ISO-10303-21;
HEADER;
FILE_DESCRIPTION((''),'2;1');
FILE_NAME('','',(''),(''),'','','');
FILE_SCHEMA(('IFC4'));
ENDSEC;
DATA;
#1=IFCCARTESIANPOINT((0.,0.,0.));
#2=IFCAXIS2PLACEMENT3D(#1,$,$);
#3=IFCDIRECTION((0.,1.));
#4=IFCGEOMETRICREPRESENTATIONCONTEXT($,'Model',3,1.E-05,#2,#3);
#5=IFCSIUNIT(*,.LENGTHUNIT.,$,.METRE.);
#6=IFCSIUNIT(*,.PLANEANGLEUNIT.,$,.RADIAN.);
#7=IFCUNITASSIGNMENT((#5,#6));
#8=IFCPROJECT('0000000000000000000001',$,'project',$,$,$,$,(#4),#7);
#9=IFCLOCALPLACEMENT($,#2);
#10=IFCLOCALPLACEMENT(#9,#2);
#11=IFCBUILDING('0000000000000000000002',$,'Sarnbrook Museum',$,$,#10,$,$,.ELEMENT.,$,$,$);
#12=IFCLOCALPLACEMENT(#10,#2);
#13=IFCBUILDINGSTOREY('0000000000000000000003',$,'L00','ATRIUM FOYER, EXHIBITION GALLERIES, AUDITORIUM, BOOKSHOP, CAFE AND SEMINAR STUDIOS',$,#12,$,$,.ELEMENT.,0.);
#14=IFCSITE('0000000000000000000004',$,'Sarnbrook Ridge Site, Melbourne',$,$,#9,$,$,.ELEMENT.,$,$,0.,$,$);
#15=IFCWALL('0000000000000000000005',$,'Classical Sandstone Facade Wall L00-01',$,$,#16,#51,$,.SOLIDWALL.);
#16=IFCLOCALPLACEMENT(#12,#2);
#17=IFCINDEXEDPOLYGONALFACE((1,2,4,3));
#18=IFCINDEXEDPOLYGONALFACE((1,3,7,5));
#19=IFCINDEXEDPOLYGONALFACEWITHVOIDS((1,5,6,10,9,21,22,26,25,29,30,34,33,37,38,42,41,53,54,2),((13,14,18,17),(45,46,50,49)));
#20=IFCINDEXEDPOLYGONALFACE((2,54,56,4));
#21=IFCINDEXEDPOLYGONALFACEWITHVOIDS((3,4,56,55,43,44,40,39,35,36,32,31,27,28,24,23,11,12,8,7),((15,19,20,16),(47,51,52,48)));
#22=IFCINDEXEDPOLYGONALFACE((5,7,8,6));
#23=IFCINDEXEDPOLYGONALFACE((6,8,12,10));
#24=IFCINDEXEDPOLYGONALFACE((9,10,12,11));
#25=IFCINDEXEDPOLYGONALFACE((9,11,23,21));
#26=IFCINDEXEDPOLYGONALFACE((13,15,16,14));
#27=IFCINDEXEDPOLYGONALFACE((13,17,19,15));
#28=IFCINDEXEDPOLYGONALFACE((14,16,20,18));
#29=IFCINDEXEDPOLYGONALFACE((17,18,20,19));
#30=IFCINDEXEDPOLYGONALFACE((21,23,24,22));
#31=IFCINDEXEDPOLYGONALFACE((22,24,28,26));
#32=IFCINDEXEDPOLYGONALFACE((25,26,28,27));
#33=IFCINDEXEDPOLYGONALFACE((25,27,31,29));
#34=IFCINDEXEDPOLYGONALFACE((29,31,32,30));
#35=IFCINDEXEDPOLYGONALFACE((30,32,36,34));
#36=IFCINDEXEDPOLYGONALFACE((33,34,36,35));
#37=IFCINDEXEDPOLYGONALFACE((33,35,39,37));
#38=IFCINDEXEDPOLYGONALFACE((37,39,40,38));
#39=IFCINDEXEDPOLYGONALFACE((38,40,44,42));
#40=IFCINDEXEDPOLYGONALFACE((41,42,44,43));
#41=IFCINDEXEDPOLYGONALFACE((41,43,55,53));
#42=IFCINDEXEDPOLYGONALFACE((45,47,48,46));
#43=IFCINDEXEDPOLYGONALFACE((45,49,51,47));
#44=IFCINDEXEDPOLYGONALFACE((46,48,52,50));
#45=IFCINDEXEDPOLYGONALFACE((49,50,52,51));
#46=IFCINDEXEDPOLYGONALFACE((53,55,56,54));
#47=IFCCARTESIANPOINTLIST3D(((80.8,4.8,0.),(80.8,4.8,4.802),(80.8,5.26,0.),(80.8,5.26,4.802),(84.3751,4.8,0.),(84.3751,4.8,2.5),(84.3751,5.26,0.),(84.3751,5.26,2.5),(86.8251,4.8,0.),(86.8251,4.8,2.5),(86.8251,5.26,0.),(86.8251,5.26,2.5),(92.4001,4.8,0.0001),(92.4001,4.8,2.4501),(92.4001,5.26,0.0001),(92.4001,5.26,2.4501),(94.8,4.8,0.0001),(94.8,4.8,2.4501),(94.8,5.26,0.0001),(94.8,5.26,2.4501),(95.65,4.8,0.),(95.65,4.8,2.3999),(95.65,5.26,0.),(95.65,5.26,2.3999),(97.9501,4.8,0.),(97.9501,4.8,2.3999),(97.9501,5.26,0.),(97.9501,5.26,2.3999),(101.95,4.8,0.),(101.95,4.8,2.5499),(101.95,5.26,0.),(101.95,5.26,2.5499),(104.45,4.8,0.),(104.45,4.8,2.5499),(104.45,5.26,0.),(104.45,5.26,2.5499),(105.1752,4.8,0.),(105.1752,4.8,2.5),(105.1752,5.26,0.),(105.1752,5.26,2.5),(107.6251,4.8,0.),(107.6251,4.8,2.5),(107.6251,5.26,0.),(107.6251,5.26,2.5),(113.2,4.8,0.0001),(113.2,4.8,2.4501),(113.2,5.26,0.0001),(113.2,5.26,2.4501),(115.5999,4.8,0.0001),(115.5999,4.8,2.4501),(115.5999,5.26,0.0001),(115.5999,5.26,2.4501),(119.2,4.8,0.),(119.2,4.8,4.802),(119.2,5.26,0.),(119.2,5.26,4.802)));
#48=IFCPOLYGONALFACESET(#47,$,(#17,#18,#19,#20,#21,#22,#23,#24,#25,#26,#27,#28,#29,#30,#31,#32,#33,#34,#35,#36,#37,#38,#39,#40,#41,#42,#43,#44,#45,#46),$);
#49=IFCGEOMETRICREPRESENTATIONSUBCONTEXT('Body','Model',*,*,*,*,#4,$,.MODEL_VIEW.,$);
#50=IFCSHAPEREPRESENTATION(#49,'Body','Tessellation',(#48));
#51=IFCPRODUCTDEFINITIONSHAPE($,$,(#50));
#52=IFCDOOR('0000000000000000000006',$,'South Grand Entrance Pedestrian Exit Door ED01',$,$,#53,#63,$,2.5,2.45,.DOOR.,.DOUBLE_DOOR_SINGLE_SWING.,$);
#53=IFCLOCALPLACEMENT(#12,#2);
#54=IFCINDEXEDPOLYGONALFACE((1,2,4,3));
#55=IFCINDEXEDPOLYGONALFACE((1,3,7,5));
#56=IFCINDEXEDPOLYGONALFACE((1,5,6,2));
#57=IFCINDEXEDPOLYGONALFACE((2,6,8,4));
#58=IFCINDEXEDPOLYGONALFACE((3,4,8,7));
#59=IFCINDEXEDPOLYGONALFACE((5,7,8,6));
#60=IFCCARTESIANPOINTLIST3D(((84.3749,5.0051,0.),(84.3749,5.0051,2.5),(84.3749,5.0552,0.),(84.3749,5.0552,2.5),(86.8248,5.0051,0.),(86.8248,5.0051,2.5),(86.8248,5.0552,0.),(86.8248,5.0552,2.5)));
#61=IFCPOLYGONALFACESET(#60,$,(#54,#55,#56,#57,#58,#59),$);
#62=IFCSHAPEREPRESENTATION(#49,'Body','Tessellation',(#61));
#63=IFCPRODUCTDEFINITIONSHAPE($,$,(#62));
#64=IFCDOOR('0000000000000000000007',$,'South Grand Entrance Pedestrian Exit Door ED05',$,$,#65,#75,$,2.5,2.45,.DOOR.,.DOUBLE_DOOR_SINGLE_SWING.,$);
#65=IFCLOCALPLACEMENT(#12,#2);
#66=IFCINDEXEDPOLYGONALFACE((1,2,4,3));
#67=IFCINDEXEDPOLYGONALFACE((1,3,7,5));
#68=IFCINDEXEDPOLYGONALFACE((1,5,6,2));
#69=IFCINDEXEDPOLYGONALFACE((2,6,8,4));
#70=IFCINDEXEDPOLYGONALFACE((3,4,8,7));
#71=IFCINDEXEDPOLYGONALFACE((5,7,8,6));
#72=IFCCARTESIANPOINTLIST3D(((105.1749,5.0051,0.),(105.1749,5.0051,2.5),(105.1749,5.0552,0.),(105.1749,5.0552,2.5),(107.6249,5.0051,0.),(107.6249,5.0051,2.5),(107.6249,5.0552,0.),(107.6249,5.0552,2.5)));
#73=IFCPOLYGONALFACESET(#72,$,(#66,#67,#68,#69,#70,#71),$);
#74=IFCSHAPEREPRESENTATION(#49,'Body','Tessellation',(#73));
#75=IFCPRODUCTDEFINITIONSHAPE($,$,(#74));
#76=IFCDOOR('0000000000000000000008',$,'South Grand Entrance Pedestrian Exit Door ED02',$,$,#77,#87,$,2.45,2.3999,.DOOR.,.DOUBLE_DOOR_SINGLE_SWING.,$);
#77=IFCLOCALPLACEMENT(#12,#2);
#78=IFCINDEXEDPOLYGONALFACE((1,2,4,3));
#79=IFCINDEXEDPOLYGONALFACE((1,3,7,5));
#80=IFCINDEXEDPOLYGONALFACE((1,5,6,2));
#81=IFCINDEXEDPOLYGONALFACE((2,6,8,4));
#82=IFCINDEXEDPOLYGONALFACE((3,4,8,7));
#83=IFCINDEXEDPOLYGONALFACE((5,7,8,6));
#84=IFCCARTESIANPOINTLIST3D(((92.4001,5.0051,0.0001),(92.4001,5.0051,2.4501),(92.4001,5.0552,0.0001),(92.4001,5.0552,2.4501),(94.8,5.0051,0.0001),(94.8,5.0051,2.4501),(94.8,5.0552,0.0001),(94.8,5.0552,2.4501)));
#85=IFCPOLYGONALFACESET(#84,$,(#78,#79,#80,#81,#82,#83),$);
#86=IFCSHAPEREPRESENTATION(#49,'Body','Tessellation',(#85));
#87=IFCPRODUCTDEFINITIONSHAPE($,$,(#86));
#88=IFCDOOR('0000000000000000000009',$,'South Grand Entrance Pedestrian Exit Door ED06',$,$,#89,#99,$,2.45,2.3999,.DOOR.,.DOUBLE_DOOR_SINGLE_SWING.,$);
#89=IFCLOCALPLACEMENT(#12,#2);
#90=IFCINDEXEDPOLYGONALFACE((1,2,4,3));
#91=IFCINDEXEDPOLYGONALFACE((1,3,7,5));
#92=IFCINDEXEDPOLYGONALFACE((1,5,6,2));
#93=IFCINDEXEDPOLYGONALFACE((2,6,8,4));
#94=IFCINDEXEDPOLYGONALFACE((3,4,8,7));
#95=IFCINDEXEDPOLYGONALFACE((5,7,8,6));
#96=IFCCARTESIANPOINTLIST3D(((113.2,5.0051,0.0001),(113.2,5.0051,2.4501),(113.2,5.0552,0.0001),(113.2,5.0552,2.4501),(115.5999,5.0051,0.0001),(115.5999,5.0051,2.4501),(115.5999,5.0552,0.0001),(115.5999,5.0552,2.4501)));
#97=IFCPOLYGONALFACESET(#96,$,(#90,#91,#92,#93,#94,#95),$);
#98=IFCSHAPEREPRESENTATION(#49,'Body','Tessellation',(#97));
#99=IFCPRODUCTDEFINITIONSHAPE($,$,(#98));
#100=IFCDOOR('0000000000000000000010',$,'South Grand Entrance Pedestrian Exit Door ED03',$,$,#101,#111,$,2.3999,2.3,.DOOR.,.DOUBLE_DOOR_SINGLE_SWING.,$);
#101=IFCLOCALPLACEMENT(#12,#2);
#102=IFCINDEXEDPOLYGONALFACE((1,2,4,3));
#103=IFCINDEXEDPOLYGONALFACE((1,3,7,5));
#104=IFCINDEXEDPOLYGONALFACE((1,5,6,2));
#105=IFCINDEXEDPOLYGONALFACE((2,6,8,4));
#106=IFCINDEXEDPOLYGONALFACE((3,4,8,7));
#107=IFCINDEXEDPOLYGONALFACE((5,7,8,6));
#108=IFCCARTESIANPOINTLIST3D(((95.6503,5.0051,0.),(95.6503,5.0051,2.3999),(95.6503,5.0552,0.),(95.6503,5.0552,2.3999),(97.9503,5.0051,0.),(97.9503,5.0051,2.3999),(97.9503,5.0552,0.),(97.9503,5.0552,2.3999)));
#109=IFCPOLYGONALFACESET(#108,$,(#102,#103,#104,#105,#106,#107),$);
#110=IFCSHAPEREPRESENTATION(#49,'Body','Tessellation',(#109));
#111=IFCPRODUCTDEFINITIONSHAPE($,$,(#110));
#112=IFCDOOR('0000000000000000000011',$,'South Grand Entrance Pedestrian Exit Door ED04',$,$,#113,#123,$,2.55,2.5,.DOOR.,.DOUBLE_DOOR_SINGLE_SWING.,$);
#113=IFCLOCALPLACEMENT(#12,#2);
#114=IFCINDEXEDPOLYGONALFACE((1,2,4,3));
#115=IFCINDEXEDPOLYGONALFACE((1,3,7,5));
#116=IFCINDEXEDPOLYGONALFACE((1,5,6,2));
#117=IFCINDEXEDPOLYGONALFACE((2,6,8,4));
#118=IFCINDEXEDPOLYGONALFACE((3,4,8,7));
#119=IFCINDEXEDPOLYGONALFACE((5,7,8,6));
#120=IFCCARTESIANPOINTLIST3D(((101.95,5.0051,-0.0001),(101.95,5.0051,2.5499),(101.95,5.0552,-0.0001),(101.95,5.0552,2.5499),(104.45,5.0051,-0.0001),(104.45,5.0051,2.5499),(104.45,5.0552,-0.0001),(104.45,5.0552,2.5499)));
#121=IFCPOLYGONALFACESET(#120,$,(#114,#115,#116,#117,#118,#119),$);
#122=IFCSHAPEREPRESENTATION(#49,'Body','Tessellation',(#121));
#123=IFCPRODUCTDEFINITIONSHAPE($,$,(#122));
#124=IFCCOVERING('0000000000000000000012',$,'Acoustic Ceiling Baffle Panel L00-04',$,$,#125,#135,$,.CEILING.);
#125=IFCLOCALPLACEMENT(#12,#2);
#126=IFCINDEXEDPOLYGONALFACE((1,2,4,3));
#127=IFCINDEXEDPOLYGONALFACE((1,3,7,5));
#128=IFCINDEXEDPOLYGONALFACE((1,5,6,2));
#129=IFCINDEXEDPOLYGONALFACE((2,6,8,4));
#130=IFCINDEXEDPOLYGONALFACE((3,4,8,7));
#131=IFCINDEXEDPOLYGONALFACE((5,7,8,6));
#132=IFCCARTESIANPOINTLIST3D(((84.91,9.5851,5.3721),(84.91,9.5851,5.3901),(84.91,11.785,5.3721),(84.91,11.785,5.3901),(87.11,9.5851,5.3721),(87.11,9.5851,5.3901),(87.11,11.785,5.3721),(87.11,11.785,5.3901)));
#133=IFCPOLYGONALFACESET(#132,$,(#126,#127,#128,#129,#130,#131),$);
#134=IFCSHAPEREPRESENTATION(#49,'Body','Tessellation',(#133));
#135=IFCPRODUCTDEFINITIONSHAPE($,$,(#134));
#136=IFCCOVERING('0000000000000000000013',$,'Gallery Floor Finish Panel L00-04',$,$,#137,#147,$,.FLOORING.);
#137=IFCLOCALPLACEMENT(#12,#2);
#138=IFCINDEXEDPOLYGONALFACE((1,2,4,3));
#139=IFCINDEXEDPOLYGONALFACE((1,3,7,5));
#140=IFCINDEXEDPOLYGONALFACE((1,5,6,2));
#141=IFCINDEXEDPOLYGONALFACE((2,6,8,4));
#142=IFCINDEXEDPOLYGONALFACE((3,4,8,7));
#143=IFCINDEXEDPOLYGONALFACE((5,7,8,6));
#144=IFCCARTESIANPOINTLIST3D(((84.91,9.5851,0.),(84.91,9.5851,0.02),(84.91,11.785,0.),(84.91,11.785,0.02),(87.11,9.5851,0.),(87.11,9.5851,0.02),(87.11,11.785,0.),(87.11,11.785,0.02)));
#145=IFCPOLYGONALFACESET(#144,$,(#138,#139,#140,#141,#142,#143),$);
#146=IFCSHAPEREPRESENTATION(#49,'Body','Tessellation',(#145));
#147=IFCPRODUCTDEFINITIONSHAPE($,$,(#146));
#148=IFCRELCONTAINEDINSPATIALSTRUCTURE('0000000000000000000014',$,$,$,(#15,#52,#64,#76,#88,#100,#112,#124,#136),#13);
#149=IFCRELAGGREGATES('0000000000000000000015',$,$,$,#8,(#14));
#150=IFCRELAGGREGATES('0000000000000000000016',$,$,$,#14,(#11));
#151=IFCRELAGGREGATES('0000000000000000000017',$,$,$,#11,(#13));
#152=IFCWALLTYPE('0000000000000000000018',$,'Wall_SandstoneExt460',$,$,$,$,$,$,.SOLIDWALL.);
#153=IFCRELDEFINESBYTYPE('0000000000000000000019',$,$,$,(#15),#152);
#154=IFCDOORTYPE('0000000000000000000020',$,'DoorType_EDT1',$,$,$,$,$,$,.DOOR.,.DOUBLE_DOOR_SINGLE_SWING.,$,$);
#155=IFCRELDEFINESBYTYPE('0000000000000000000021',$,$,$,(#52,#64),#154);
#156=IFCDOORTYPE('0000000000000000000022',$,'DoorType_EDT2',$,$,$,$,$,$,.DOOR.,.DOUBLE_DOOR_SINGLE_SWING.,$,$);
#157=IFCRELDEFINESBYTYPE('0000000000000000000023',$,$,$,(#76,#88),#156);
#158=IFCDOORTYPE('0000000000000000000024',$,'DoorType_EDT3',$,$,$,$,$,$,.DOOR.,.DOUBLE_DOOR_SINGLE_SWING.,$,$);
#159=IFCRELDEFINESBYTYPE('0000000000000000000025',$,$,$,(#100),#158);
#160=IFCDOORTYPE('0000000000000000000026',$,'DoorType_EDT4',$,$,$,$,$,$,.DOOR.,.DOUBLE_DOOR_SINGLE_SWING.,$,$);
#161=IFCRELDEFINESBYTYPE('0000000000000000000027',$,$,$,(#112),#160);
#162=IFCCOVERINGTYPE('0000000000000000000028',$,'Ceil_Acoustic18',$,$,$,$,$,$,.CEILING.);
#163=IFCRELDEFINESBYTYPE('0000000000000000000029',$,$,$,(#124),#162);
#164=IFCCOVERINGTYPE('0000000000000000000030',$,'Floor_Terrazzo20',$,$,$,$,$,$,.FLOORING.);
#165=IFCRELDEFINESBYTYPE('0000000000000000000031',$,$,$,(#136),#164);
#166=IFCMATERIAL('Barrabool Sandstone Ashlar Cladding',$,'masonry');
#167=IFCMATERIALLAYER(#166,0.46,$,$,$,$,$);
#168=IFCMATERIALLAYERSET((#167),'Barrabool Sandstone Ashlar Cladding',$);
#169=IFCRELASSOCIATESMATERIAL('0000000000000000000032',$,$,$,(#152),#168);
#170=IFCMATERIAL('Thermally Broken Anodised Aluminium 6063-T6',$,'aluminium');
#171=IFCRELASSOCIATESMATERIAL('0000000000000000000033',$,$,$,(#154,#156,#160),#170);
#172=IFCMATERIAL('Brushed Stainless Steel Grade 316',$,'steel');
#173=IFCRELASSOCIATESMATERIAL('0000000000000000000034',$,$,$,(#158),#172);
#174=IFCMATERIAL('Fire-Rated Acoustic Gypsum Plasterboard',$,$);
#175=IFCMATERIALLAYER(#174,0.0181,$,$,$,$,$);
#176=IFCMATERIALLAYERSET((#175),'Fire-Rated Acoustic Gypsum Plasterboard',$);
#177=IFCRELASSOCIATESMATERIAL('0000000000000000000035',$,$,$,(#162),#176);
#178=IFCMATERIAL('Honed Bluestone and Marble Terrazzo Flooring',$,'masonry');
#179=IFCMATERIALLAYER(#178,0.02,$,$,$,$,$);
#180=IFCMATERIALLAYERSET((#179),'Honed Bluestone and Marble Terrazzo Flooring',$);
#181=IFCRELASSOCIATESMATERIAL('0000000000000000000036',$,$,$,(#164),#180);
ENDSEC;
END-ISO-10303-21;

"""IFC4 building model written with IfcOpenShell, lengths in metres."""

from ifc_helpers import new_model, si_unit, direction, frame, frame_2d, origin, origin_2d, place, context, subcontext, project, spatial, rectangle, extrude, material, layer, layer_set, type_object, element, fill, save


model = new_model("IFC4")

# Units and contexts
model_context = context("Model", 3, precision=1e-05, world=origin(), true_north=direction((0.0, 1.0)))
body_context = subcontext(model_context, "Body", "Model", "MODEL_VIEW")
ifc_project = project(units=[si_unit("LENGTHUNIT", "METRE"), si_unit("PLANEANGLEUNIT", "RADIAN")], contexts=[model_context])

# Site, building, storey
site_placement = place(None, origin())
site = spatial("IfcSite", under=ifc_project, at=site_placement, Name="Sarnbrook Ridge Site, Melbourne", CompositionType="ELEMENT", RefElevation=0.0)
building_placement = place(site_placement, origin())
building = spatial("IfcBuilding", under=site, at=building_placement, Name="Sarnbrook Museum", CompositionType="ELEMENT")
storey_placement = place(building_placement, origin())
storey = spatial("IfcBuildingStorey", under=building, at=storey_placement, Name="L00", Description="ATRIUM FOYER, EXHIBITION GALLERIES, AUDITORIUM, BOOKSHOP, CAFE AND SEMINAR STUDIOS", CompositionType="ELEMENT", Elevation=0.0)

# Shared definitions
ifc_material_1 = material(Name="Fire-Rated Acoustic Gypsum Plasterboard")

# Wall, openings, doors
ifc_material_2 = material(Name="Barrabool Sandstone Ashlar Cladding", Category="masonry")
ifc_layer_1 = layer(ifc_material_2, 0.46)
ifc_layer_set_1 = layer_set([ifc_layer_1], Name="Barrabool Sandstone Ashlar Cladding")
wall_type_1 = type_object("IfcWallType", Name="Wall_SandstoneExt460", PredefinedType="SOLIDWALL", material=ifc_layer_set_1)
wall_1_placement = place(storey_placement, frame((80.8, 5.03, 0.0), z_axis=(0.0, 0.0, 1.0), x_axis=(1.0, 0.0, 0.0)))
wall_1 = element("IfcWall", 1, at=wall_1_placement, inside=storey, type_object=wall_type_1, Name="Classical Sandstone Facade Wall L00-01", PredefinedType="SOLIDWALL", context=body_context, shape_type="SweptSolid", body=[
    extrude(rectangle(XDim=38.3999, YDim=0.46, at=frame_2d((19.2, 0.0))), origin(), (0.0, 0.0, 1.0), 4.802),
])
opening_1_placement = place(wall_1_placement, frame((3.575, 0.0, 0.0)))
opening_1 = element("IfcOpeningElement", 2, at=opening_1_placement, cuts=wall_1, PredefinedType="OPENING", context=body_context, shape_type="SweptSolid", body=[
    extrude(rectangle(XDim=2.45, YDim=2.5, at=frame_2d((1.2251, 1.25))), frame((0.0, 0.24, 0.0), z_axis=(0.0, -1.0, 0.0), x_axis=(1.0, 0.0, 0.0)), (0.0, 0.0, 1.0), 0.48),
])
opening_2_placement = place(wall_1_placement, frame((11.6001, 0.0, 0.0)))
opening_2 = element("IfcOpeningElement", 3, at=opening_2_placement, cuts=wall_1, PredefinedType="OPENING", context=body_context, shape_type="SweptSolid", body=[
    extrude(rectangle(XDim=2.3999, YDim=2.45, at=frame_2d((1.2, 1.2251))), frame((0.0, 0.24, 0.0), z_axis=(0.0, -1.0, 0.0), x_axis=(1.0, 0.0, 0.0)), (0.0, 0.0, 1.0), 0.48),
])
opening_3_placement = place(wall_1_placement, frame((14.8501, 0.0, 0.0)))
opening_3 = element("IfcOpeningElement", 4, at=opening_3_placement, cuts=wall_1, PredefinedType="OPENING", context=body_context, shape_type="SweptSolid", body=[
    extrude(rectangle(XDim=2.3, YDim=2.3999, at=frame_2d((1.1499, 1.2))), frame((0.0, 0.24, 0.0), z_axis=(0.0, -1.0, 0.0), x_axis=(1.0, 0.0, 0.0)), (0.0, 0.0, 1.0), 0.48),
])
opening_4_placement = place(wall_1_placement, frame((21.1499, 0.0, 0.0)))
opening_4 = element("IfcOpeningElement", 5, at=opening_4_placement, cuts=wall_1, PredefinedType="OPENING", context=body_context, shape_type="SweptSolid", body=[
    extrude(rectangle(XDim=2.5, YDim=2.55, at=frame_2d((1.25, 1.2749))), frame((0.0, 0.24, 0.0), z_axis=(0.0, -1.0, 0.0), x_axis=(1.0, 0.0, 0.0)), (0.0, 0.0, 1.0), 0.48),
])
opening_5_placement = place(wall_1_placement, frame((24.375, 0.0, 0.0)))
opening_5 = element("IfcOpeningElement", 6, at=opening_5_placement, cuts=wall_1, PredefinedType="OPENING", context=body_context, shape_type="SweptSolid", body=[
    extrude(rectangle(XDim=2.45, YDim=2.5, at=frame_2d((1.2251, 1.25))), frame((0.0, 0.24, 0.0), z_axis=(0.0, -1.0, 0.0), x_axis=(1.0, 0.0, 0.0)), (0.0, 0.0, 1.0), 0.48),
])
opening_6_placement = place(wall_1_placement, frame((32.3999, 0.0, 0.0)))
opening_6 = element("IfcOpeningElement", 7, at=opening_6_placement, cuts=wall_1, PredefinedType="OPENING", context=body_context, shape_type="SweptSolid", body=[
    extrude(rectangle(XDim=2.3999, YDim=2.45, at=frame_2d((1.2, 1.2251))), frame((0.0, 0.24, 0.0), z_axis=(0.0, -1.0, 0.0), x_axis=(1.0, 0.0, 0.0)), (0.0, 0.0, 1.0), 0.48),
])
ifc_material_3 = material(Name="Thermally Broken Anodised Aluminium 6063-T6", Category="aluminium")
door_type_1 = type_object("IfcDoorType", Name="DoorType_EDT1", OperationType="DOUBLE_DOOR_SINGLE_SWING", PredefinedType="DOOR", material=ifc_material_3)
door_1_placement = place(opening_1_placement, frame((2.45, 0.0, 0.0), z_axis=(0.0, 0.0, 1.0), x_axis=(-1.0, 0.0, 0.0)))
door_1 = element("IfcDoor", 8, at=door_1_placement, inside=storey, type_object=door_type_1, Name="South Grand Entrance Pedestrian Exit Door ED01", OperationType="DOUBLE_DOOR_SINGLE_SWING", OverallHeight=2.5, OverallWidth=2.45, PredefinedType="DOOR", context=body_context, shape_type="SweptSolid", body=[
    extrude(rectangle(XDim=2.45, YDim=2.5, at=frame_2d((1.2251, 1.25))), frame((0.0, 0.0249, 0.0), z_axis=(0.0, -1.0, 0.0), x_axis=(1.0, 0.0, 0.0)), (0.0, 0.0, 1.0), 0.05),
])
fill(opening_1, door_1)
door_2_placement = place(opening_5_placement, frame((2.45, 0.0, 0.0), z_axis=(0.0, 0.0, 1.0), x_axis=(-1.0, 0.0, 0.0)))
door_2 = element("IfcDoor", 9, at=door_2_placement, inside=storey, type_object=door_type_1, Name="South Grand Entrance Pedestrian Exit Door ED05", OperationType="DOUBLE_DOOR_SINGLE_SWING", OverallHeight=2.5, OverallWidth=2.45, PredefinedType="DOOR", context=body_context, shape_type="SweptSolid", body=[
    extrude(rectangle(XDim=2.45, YDim=2.5, at=frame_2d((1.2251, 1.25))), frame((0.0, 0.0249, 0.0), z_axis=(0.0, -1.0, 0.0), x_axis=(1.0, 0.0, 0.0)), (0.0, 0.0, 1.0), 0.05),
])
fill(opening_5, door_2)
door_type_2 = type_object("IfcDoorType", Name="DoorType_EDT2", OperationType="DOUBLE_DOOR_SINGLE_SWING", PredefinedType="DOOR", material=ifc_material_3)
door_3_placement = place(opening_2_placement, frame((2.3999, 0.0, 0.0), z_axis=(0.0, 0.0, 1.0), x_axis=(-1.0, 0.0, 0.0)))
door_3 = element("IfcDoor", 10, at=door_3_placement, inside=storey, type_object=door_type_2, Name="South Grand Entrance Pedestrian Exit Door ED02", OperationType="DOUBLE_DOOR_SINGLE_SWING", OverallHeight=2.45, OverallWidth=2.3999, PredefinedType="DOOR", context=body_context, shape_type="SweptSolid", body=[
    extrude(rectangle(XDim=2.3999, YDim=2.45, at=frame_2d((1.2, 1.2251))), frame((0.0, 0.0249, 0.0), z_axis=(0.0, -1.0, 0.0), x_axis=(1.0, 0.0, 0.0)), (0.0, 0.0, 1.0), 0.05),
])
fill(opening_2, door_3)
door_4_placement = place(opening_6_placement, frame((2.3999, 0.0, 0.0), z_axis=(0.0, 0.0, 1.0), x_axis=(-1.0, 0.0, 0.0)))
door_4 = element("IfcDoor", 11, at=door_4_placement, inside=storey, type_object=door_type_2, Name="South Grand Entrance Pedestrian Exit Door ED06", OperationType="DOUBLE_DOOR_SINGLE_SWING", OverallHeight=2.45, OverallWidth=2.3999, PredefinedType="DOOR", context=body_context, shape_type="SweptSolid", body=[
    extrude(rectangle(XDim=2.3999, YDim=2.45, at=frame_2d((1.2, 1.2251))), frame((0.0, 0.0249, 0.0), z_axis=(0.0, -1.0, 0.0), x_axis=(1.0, 0.0, 0.0)), (0.0, 0.0, 1.0), 0.05),
])
fill(opening_6, door_4)
ifc_material_4 = material(Name="Brushed Stainless Steel Grade 316", Category="steel")
door_type_3 = type_object("IfcDoorType", Name="DoorType_EDT3", OperationType="DOUBLE_DOOR_SINGLE_SWING", PredefinedType="DOOR", material=ifc_material_4)
door_5_placement = place(opening_3_placement, frame((2.3, 0.0, 0.0), z_axis=(0.0, 0.0, 1.0), x_axis=(-1.0, 0.0, 0.0)))
door_5 = element("IfcDoor", 12, at=door_5_placement, inside=storey, type_object=door_type_3, Name="South Grand Entrance Pedestrian Exit Door ED03", OperationType="DOUBLE_DOOR_SINGLE_SWING", OverallHeight=2.3999, OverallWidth=2.3, PredefinedType="DOOR", context=body_context, shape_type="SweptSolid", body=[
    extrude(rectangle(XDim=2.3, YDim=2.3999, at=frame_2d((1.1499, 1.2))), frame((0.0, 0.0249, 0.0), z_axis=(0.0, -1.0, 0.0), x_axis=(1.0, 0.0, 0.0)), (0.0, 0.0, 1.0), 0.05),
])
fill(opening_3, door_5)
door_type_4 = type_object("IfcDoorType", Name="DoorType_EDT4", OperationType="DOUBLE_DOOR_SINGLE_SWING", PredefinedType="DOOR", material=ifc_material_3)
door_6_placement = place(opening_4_placement, frame((2.5, 0.0, 0.0), z_axis=(0.0, 0.0, 1.0), x_axis=(-1.0, 0.0, 0.0)))
door_6 = element("IfcDoor", 13, at=door_6_placement, inside=storey, type_object=door_type_4, Name="South Grand Entrance Pedestrian Exit Door ED04", OperationType="DOUBLE_DOOR_SINGLE_SWING", OverallHeight=2.55, OverallWidth=2.5, PredefinedType="DOOR", context=body_context, shape_type="SweptSolid", body=[
    extrude(rectangle(XDim=2.5, YDim=2.55, at=frame_2d((1.25, 1.2749))), frame((0.0, 0.0249, 0.0), z_axis=(0.0, -1.0, 0.0), x_axis=(1.0, 0.0, 0.0)), (0.0, 0.0, 1.0), 0.05),
])
fill(opening_4, door_6)

# Coverings
ifc_layer_2 = layer(ifc_material_1, 0.0181)
ifc_layer_set_2 = layer_set([ifc_layer_2], Name="Fire-Rated Acoustic Gypsum Plasterboard")
covering_type_1 = type_object("IfcCoveringType", Name="Ceil_Acoustic18", PredefinedType="CEILING", material=ifc_layer_set_2)
covering_1_placement = place(storey_placement, frame((86.01, 10.6851, 5.3721), z_axis=(0.0, 0.0, 1.0), x_axis=(1.0, 0.0, 0.0)))
element("IfcCovering", 14, at=covering_1_placement, inside=storey, type_object=covering_type_1, Name="Acoustic Ceiling Baffle Panel L00-04", PredefinedType="CEILING", context=body_context, shape_type="SweptSolid", body=[
    extrude(rectangle(XDim=2.2, YDim=2.2, at=origin_2d()), origin(), (0.0, 0.0, 1.0), 0.0181),
])
ifc_material_5 = material(Name="Honed Bluestone and Marble Terrazzo Flooring", Category="masonry")
ifc_layer_3 = layer(ifc_material_5, 0.02)
ifc_layer_set_3 = layer_set([ifc_layer_3], Name="Honed Bluestone and Marble Terrazzo Flooring")
covering_type_2 = type_object("IfcCoveringType", Name="Floor_Terrazzo20", PredefinedType="FLOORING", material=ifc_layer_set_3)
covering_2_placement = place(storey_placement, frame((86.01, 10.6851, 0.0), z_axis=(0.0, 0.0, 1.0), x_axis=(1.0, 0.0, 0.0)))
element("IfcCovering", 15, at=covering_2_placement, inside=storey, type_object=covering_type_2, Name="Gallery Floor Finish Panel L00-04", PredefinedType="FLOORING", context=body_context, shape_type="SweptSolid", body=[
    extrude(rectangle(XDim=2.2, YDim=2.2, at=origin_2d()), origin(), (0.0, 0.0, 1.0), 0.02),
])

save(model, "model.ifc")
